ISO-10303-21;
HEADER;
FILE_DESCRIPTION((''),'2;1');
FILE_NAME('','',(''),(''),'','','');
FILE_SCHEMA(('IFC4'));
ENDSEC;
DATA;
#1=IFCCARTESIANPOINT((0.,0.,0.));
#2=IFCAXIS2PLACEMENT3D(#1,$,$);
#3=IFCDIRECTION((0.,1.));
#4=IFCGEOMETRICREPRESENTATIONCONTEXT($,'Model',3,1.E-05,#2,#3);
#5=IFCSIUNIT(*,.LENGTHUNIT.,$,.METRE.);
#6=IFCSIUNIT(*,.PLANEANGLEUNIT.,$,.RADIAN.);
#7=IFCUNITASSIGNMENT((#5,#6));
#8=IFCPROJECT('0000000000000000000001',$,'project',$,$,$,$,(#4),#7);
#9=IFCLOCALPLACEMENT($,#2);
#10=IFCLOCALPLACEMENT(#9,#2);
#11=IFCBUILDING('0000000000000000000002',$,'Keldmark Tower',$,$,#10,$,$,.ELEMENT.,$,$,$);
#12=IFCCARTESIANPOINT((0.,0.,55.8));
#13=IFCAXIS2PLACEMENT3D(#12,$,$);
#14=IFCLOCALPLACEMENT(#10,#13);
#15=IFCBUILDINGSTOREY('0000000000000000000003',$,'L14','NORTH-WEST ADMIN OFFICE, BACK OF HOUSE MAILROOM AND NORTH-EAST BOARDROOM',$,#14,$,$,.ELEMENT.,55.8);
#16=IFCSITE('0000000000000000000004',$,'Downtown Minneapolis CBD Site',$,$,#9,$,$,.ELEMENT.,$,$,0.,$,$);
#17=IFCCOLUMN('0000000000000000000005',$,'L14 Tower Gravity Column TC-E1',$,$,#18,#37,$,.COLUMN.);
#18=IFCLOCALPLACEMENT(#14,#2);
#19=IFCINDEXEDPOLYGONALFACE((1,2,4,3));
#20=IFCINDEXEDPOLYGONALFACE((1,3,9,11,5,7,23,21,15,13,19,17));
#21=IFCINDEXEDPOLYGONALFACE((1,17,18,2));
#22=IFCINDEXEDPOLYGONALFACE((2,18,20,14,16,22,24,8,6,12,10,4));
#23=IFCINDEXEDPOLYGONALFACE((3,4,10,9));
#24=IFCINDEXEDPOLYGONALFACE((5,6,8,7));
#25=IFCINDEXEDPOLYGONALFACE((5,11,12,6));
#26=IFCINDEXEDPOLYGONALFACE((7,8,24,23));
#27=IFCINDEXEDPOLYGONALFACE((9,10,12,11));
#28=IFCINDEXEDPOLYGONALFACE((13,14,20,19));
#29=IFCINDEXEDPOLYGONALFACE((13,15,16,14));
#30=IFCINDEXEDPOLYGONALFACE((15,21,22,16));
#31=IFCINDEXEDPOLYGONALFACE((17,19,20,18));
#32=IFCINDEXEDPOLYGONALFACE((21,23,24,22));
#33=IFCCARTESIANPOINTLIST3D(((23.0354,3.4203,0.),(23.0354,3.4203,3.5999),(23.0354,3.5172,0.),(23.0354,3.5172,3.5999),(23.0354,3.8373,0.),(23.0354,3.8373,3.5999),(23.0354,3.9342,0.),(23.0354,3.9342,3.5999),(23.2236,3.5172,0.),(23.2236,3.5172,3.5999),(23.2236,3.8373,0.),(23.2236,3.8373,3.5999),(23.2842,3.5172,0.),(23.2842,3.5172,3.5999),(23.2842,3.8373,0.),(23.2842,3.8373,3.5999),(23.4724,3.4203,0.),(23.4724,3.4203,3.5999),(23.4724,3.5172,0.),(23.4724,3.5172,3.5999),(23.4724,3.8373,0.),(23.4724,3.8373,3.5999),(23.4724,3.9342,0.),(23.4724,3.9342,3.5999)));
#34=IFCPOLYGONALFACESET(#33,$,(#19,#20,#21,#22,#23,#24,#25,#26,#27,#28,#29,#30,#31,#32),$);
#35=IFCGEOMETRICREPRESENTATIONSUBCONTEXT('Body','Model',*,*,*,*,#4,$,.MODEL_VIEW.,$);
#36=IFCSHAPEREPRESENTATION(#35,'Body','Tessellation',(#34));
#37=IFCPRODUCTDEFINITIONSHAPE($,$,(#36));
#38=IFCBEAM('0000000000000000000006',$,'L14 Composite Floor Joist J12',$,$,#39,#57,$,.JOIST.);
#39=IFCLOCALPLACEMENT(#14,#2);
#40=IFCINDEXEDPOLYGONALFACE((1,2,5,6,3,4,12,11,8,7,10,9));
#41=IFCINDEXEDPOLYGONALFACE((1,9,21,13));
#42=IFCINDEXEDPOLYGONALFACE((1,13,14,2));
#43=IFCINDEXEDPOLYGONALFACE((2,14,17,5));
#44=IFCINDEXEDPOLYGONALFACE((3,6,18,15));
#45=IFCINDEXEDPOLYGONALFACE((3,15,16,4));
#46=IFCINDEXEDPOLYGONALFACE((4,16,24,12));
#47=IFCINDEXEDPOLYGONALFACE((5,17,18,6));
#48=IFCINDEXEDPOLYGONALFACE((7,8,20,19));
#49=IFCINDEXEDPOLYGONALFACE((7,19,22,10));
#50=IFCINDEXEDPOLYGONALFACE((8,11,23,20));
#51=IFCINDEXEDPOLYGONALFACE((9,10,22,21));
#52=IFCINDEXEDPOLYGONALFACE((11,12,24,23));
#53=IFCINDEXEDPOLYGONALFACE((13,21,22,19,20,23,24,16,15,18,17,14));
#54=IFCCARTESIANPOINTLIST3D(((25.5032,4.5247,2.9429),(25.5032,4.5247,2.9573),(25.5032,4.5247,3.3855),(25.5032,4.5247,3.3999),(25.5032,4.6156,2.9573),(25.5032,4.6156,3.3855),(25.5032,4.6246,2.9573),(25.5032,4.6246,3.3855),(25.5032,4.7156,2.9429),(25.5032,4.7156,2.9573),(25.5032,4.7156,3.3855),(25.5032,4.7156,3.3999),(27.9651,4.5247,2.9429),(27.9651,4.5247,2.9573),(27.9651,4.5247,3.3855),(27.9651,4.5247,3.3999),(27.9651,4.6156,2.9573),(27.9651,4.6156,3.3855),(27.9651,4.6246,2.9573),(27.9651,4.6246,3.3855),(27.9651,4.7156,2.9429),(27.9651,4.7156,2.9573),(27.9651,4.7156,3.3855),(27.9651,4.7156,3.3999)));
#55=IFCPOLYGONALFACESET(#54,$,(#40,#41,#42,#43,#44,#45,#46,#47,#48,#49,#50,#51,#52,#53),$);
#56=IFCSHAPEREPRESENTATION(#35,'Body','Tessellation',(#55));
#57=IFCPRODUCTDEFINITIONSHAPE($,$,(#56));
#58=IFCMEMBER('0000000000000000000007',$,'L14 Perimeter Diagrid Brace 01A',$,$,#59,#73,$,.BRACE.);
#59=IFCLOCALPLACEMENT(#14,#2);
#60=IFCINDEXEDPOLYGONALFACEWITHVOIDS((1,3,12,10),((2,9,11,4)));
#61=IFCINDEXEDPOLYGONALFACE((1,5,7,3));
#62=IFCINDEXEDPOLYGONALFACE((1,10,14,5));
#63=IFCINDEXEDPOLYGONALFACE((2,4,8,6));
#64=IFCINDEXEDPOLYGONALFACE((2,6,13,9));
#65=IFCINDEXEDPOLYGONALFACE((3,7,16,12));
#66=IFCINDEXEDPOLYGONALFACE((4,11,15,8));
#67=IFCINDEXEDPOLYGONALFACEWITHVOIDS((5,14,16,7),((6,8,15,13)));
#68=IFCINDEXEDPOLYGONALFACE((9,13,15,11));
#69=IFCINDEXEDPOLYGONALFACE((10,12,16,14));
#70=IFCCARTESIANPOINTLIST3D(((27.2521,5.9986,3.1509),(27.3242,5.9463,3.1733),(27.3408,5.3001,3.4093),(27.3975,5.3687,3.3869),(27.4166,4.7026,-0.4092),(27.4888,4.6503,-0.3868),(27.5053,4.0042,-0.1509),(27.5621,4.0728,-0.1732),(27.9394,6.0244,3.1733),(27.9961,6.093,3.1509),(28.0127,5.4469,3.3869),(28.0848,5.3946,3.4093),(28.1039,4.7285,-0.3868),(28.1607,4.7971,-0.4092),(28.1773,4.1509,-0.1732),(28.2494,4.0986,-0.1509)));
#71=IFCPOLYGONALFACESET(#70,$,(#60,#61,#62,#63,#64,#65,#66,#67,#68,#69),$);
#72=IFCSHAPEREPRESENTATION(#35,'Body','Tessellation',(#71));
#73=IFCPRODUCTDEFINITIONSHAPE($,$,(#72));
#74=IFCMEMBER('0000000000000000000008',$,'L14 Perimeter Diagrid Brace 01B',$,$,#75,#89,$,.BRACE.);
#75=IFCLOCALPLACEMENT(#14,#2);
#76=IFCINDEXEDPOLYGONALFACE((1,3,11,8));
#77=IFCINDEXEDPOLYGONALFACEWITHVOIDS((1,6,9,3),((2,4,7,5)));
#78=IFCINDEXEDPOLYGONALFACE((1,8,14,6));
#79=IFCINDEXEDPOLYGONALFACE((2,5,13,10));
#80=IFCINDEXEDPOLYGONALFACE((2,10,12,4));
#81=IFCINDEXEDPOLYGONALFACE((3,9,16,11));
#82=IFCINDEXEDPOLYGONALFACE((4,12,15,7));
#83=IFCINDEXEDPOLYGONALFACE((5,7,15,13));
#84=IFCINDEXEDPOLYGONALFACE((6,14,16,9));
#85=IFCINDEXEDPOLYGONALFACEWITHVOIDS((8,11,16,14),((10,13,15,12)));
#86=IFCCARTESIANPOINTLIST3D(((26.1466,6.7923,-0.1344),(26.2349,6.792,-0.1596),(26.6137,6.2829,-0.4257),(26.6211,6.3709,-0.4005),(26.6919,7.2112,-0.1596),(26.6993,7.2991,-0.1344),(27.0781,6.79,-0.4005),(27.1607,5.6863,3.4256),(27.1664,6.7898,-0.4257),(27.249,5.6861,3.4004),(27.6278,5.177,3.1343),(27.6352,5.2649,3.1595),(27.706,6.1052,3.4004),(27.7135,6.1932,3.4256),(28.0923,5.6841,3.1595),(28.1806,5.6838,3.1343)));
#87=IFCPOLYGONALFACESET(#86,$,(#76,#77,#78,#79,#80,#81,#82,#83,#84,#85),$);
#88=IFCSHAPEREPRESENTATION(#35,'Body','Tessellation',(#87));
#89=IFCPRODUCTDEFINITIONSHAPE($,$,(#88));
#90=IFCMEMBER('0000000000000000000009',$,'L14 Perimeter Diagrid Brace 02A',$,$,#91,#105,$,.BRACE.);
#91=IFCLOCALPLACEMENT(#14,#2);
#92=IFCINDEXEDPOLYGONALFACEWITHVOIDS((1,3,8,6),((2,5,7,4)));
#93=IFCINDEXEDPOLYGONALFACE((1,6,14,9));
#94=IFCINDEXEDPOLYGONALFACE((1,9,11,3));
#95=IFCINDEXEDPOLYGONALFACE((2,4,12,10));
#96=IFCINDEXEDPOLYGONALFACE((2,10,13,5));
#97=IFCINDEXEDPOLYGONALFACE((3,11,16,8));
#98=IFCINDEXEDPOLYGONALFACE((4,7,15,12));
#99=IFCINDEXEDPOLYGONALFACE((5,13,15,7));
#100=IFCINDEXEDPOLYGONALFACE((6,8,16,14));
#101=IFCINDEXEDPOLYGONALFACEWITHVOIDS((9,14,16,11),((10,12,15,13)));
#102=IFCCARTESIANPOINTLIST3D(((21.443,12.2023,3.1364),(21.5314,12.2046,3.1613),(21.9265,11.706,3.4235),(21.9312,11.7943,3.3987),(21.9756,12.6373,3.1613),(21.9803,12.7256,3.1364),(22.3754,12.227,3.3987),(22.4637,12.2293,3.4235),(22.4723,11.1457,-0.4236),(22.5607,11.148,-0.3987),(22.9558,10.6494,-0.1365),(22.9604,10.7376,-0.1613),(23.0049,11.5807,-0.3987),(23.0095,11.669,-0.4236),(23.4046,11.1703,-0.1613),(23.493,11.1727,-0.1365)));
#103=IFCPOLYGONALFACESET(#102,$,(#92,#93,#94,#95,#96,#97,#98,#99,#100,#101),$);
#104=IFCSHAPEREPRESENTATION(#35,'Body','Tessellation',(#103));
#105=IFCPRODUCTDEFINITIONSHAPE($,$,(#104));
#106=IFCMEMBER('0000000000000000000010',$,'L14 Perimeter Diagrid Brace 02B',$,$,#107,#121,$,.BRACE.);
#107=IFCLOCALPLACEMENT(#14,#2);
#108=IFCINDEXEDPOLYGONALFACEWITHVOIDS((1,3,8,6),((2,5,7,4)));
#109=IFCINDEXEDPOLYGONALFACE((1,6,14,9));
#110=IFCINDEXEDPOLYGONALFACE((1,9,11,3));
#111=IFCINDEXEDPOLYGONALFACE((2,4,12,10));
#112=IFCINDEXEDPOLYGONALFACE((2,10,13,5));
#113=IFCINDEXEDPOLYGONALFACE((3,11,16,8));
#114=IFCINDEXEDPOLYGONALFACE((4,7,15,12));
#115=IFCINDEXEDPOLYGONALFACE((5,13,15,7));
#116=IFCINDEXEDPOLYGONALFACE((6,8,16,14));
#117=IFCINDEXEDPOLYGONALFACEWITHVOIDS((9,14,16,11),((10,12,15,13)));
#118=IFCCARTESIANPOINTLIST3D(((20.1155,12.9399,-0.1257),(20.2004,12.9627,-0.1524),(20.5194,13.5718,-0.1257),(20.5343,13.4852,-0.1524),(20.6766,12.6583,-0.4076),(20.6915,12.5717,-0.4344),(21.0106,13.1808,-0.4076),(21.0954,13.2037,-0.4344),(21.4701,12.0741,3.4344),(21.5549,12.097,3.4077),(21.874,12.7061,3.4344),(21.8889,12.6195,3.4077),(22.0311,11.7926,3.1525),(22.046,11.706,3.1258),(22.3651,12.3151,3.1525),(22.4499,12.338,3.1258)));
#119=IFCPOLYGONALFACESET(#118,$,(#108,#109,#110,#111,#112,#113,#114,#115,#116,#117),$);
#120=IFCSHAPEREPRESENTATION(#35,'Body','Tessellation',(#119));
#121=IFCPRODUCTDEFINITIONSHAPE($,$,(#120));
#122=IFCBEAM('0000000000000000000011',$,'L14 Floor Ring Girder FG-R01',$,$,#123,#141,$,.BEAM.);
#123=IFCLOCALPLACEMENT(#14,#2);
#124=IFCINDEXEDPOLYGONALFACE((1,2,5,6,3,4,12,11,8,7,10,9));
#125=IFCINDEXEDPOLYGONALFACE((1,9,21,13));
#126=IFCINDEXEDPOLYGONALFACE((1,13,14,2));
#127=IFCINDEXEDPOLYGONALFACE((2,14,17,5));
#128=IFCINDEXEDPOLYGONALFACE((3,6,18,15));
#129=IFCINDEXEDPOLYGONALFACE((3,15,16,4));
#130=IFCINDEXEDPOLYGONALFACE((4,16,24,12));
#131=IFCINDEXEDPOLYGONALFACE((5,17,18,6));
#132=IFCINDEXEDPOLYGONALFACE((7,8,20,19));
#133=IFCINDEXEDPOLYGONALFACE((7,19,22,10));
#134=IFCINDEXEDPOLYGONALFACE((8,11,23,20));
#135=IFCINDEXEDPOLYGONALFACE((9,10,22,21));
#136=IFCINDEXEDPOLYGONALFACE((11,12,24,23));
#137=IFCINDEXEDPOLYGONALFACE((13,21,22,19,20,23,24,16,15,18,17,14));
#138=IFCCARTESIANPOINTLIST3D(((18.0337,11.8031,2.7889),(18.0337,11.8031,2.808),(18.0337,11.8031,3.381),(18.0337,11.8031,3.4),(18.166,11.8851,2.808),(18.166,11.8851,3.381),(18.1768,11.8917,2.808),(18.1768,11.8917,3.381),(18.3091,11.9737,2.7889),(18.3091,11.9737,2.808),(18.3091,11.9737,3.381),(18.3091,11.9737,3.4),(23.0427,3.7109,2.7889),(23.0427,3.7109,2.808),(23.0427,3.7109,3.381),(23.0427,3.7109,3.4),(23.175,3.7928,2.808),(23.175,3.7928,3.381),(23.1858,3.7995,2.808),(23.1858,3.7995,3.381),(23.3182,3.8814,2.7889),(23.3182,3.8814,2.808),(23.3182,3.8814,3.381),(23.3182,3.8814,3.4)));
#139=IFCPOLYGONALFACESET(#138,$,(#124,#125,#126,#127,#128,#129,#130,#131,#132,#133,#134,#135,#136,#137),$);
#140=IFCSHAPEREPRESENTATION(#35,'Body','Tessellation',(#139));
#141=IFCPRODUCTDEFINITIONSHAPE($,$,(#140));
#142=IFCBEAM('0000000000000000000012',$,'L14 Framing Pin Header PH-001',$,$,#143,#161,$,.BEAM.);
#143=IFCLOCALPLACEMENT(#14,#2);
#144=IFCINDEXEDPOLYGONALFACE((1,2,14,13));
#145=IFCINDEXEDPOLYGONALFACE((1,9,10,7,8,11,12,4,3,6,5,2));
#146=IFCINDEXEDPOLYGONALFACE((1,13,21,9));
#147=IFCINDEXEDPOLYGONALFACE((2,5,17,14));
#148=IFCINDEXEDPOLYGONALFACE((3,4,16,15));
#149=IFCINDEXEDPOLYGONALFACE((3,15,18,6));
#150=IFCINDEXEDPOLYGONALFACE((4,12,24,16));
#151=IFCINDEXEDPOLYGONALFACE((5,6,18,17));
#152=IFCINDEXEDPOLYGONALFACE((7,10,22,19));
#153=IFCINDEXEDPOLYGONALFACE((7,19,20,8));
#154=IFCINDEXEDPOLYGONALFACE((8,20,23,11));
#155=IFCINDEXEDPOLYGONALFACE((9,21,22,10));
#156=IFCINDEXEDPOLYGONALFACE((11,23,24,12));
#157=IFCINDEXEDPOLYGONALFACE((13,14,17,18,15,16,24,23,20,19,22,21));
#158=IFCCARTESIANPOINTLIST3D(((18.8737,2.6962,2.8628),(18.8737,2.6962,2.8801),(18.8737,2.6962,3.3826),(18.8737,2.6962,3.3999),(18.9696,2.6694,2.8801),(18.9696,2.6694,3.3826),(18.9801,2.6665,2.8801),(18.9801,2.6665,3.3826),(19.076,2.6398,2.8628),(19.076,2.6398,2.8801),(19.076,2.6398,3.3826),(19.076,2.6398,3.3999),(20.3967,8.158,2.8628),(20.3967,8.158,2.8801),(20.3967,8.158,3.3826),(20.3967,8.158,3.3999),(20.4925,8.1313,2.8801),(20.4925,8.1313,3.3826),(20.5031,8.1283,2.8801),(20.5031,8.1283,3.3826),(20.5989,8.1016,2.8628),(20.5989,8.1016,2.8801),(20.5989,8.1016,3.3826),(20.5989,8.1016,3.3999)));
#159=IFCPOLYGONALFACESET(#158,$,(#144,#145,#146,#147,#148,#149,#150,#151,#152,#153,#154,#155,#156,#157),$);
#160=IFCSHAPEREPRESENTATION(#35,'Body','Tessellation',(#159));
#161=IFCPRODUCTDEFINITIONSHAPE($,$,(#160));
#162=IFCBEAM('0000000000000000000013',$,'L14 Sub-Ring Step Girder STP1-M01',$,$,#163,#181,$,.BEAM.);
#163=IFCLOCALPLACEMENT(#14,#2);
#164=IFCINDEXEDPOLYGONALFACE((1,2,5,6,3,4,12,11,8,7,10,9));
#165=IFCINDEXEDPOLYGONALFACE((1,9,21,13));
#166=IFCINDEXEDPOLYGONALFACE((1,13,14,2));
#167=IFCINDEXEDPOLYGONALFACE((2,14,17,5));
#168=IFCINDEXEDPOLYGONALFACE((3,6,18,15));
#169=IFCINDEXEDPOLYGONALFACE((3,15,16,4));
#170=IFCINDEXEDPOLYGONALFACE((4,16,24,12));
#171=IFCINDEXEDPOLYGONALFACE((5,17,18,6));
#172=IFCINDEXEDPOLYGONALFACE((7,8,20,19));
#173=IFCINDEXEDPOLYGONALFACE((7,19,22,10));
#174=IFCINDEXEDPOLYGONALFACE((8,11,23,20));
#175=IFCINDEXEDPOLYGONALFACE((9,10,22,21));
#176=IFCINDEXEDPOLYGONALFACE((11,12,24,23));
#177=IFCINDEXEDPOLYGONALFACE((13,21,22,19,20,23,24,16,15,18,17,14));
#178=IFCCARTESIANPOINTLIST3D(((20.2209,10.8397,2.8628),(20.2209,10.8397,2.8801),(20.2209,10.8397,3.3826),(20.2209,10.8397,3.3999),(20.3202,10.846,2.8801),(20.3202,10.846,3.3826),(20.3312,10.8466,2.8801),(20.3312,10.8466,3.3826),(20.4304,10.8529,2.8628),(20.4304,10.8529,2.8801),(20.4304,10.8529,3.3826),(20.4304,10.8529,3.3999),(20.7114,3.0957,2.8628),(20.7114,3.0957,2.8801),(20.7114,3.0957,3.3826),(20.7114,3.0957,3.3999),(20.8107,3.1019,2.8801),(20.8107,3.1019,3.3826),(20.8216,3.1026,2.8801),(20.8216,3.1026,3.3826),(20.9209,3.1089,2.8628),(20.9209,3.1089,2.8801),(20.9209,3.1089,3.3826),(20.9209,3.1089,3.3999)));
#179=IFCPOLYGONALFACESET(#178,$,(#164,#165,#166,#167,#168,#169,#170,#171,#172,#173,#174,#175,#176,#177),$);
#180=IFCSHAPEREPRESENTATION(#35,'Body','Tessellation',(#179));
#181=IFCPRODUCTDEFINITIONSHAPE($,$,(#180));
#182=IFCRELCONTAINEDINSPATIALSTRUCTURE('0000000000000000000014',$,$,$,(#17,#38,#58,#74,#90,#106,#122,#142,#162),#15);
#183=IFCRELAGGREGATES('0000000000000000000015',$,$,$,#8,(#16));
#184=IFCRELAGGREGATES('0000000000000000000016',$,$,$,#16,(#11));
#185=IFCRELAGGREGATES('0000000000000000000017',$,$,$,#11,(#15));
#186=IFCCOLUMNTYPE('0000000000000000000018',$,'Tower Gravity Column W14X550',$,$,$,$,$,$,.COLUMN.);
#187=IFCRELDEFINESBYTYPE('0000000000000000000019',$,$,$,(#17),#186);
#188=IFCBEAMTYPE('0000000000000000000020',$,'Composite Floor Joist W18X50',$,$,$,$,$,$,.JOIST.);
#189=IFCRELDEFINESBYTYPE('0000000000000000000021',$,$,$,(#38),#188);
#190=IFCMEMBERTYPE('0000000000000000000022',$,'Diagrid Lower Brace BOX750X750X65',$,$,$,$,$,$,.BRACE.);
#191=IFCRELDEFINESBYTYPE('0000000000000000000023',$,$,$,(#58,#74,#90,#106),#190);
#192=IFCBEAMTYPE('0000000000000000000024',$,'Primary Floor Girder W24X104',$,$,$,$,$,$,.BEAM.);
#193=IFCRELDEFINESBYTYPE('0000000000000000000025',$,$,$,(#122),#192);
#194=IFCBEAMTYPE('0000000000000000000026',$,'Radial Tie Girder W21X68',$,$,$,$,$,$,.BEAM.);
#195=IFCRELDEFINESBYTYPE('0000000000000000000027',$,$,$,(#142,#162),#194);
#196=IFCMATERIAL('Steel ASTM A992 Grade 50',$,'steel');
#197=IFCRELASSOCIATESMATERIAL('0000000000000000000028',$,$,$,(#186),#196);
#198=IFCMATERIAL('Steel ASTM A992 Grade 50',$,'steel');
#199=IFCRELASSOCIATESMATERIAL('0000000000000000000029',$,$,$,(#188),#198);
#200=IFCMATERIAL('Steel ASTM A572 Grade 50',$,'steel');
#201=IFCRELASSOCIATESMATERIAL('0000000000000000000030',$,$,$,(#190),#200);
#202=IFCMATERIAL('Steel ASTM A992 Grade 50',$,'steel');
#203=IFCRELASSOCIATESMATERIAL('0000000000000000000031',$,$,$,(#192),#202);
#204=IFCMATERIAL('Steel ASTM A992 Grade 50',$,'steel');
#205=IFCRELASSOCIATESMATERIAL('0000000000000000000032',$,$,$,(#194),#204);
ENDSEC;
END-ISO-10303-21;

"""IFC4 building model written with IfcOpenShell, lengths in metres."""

from ifc_helpers import new_model, si_unit, direction, frame, origin, origin_2d, place, context, subcontext, project, spatial, hollow_rectangle, i_section, extrude, material, material_profile, profile_set, type_object, element, save


model = new_model("IFC4")

# Units and contexts
model_context = context("Model", 3, precision=1e-05, world=origin(), true_north=direction((0.0, 1.0)))
body_context = subcontext(model_context, "Body", "Model", "MODEL_VIEW")
ifc_project = project(units=[si_unit("LENGTHUNIT", "METRE"), si_unit("PLANEANGLEUNIT", "RADIAN")], contexts=[model_context])

# Site, building, storey
site_placement = place(None, origin())
site = spatial("IfcSite", under=ifc_project, at=site_placement, Name="Downtown Minneapolis CBD Site", CompositionType="ELEMENT", RefElevation=0.0)
building_placement = place(site_placement, origin())
building = spatial("IfcBuilding", under=site, at=building_placement, Name="Keldmark Tower", CompositionType="ELEMENT")
storey_placement = place(building_placement, frame((0.0, 0.0, 55.8)))
storey = spatial("IfcBuildingStorey", under=building, at=storey_placement, Name="L14", Description="NORTH-WEST ADMIN OFFICE, BACK OF HOUSE MAILROOM AND NORTH-EAST BOARDROOM", CompositionType="ELEMENT", Elevation=55.8)

# Column
ifc_material_1 = material(Name="Steel ASTM A992 Grade 50", Category="steel")
ifc_material_profile_1 = material_profile(ifc_material_1, i_section(OverallWidth=0.437, OverallDepth=0.5139, WebThickness=0.0605, FlangeThickness=0.0969, at=origin_2d()), Name="W14X550")
ifc_profile_set_1 = profile_set([ifc_material_profile_1], Name="Steel ASTM A992 Grade 50")
column_type = type_object("IfcColumnType", Name="Tower Gravity Column W14X550", PredefinedType="COLUMN", material=ifc_profile_set_1)
column_placement = place(storey_placement, frame((23.2539, 3.6772, 0.0), z_axis=(0.0, 0.0, 1.0), x_axis=(1.0, 0.0, 0.0)))
element("IfcColumn", 1, at=column_placement, inside=storey, type_object=column_type, Name="L14 Tower Gravity Column TC-E1", PredefinedType="COLUMN", context=body_context, shape_type="SweptSolid", body=[
    extrude(i_section(OverallWidth=0.437, OverallDepth=0.5139, WebThickness=0.0605, FlangeThickness=0.0969, at=origin_2d()), origin(), (0.0, 0.0, 1.0), 3.5999),
])

# Beam
ifc_material_2 = material(Name="Steel ASTM A992 Grade 50", Category="steel")
ifc_material_profile_2 = material_profile(ifc_material_2, i_section(OverallWidth=0.1909, OverallDepth=0.457, WebThickness=0.009, FlangeThickness=0.0144, at=origin_2d()), Name="W18X50")
ifc_profile_set_2 = profile_set([ifc_material_profile_2], Name="Steel ASTM A992 Grade 50")
beam_type_1 = type_object("IfcBeamType", Name="Composite Floor Joist W18X50", PredefinedType="JOIST", material=ifc_profile_set_2)
beam_1_placement = place(storey_placement, frame((25.5032, 4.6201, 3.1714), z_axis=(1.0, 0.0, 0.0), x_axis=(0.0, 1.0, 0.0)))
element("IfcBeam", 2, at=beam_1_placement, inside=storey, type_object=beam_type_1, Name="L14 Composite Floor Joist J12", PredefinedType="JOIST", context=body_context, shape_type="SweptSolid", body=[
    extrude(i_section(OverallWidth=0.1909, OverallDepth=0.457, WebThickness=0.009, FlangeThickness=0.0144, at=origin_2d()), origin(), (0.0, 0.0, 1.0), 2.4619),
])

# Members
ifc_material_3 = material(Name="Steel ASTM A572 Grade 50", Category="steel")
ifc_material_profile_3 = material_profile(ifc_material_3, hollow_rectangle(XDim=0.75, YDim=0.75, WallThickness=0.0649, at=origin_2d()), Name="BOX750X750X65")
ifc_profile_set_3 = profile_set([ifc_material_profile_3], Name="Steel ASTM A572 Grade 50")
member_type = type_object("IfcMemberType", Name="Diagrid Lower Brace BOX750X750X65", PredefinedType="BRACE", material=ifc_profile_set_3)
member_1_placement = place(storey_placement, frame((27.833, 4.4006, -0.28), z_axis=(-0.043392, 0.341731, 0.938795), x_axis=(-0.992034, -0.125967, 0.0)))
element("IfcMember", 3, at=member_1_placement, inside=storey, type_object=member_type, Name="L14 Perimeter Diagrid Brace 01A", PredefinedType="BRACE", context=body_context, shape_type="SweptSolid", body=[
    extrude(hollow_rectangle(XDim=0.75, YDim=0.75, WallThickness=0.0649, at=origin_2d()), origin(), (0.0, 0.0, 1.0), 3.7922),
])
member_2_placement = place(storey_placement, frame((26.6565, 6.791, -0.28), z_axis=(0.262506, -0.286267, 0.921489), x_axis=(0.737033, 0.675857, 0.0)))
element("IfcMember", 4, at=member_2_placement, inside=storey, type_object=member_type, Name="L14 Perimeter Diagrid Brace 01B", PredefinedType="BRACE", context=body_context, shape_type="SweptSolid", body=[
    extrude(hollow_rectangle(XDim=0.75, YDim=0.75, WallThickness=0.0649, at=origin_2d()), origin(), (0.0, 0.0, 1.0), 3.8633),
])
member_3_placement = place(storey_placement, frame((22.9827, 11.1592, -0.28), z_axis=(-0.267103, 0.274198, 0.923835), x_axis=(-0.716314, -0.697778, 0.0)))
element("IfcMember", 5, at=member_3_placement, inside=storey, type_object=member_type, Name="L14 Perimeter Diagrid Brace 02A", PredefinedType="BRACE", context=body_context, shape_type="SweptSolid", body=[
    extrude(hollow_rectangle(XDim=0.75, YDim=0.75, WallThickness=0.0649, at=origin_2d()), origin(), (0.0, 0.0, 1.0), 3.8535),
])
member_4_placement = place(storey_placement, frame((20.6055, 13.0718, -0.28), z_axis=(0.346757, -0.22163, 0.911394), x_axis=(0.538545, 0.842597, 0.0)))
element("IfcMember", 6, at=member_4_placement, inside=storey, type_object=member_type, Name="L14 Perimeter Diagrid Brace 02B", PredefinedType="BRACE", context=body_context, shape_type="SweptSolid", body=[
    extrude(hollow_rectangle(XDim=0.75, YDim=0.75, WallThickness=0.0649, at=origin_2d()), origin(), (0.0, 0.0, 1.0), 3.9062),
])

# Beams
ifc_material_4 = material(Name="Steel ASTM A992 Grade 50", Category="steel")
ifc_material_profile_4 = material_profile(ifc_material_4, i_section(OverallWidth=0.324, OverallDepth=0.6111, WebThickness=0.0127, FlangeThickness=0.019, at=origin_2d()), Name="W24X104")
ifc_profile_set_4 = profile_set([ifc_material_profile_4], Name="Steel ASTM A992 Grade 50")
beam_type_2 = type_object("IfcBeamType", Name="Primary Floor Girder W24X104", PredefinedType="BEAM", material=ifc_profile_set_4)
beam_2_placement = place(storey_placement, frame((23.1804, 3.7961, 3.0945), z_axis=(-0.526318, 0.850288, 0.0), x_axis=(-0.850288, -0.526318, 0.0)))
element("IfcBeam", 7, at=beam_2_placement, inside=storey, type_object=beam_type_2, Name="L14 Floor Ring Girder FG-R01", PredefinedType="BEAM", context=body_context, shape_type="SweptSolid", body=[
    extrude(i_section(OverallWidth=0.324, OverallDepth=0.6111, WebThickness=0.0127, FlangeThickness=0.019, at=origin_2d()), origin(), (0.0, 0.0, 1.0), 9.5171),
])
ifc_material_5 = material(Name="Steel ASTM A992 Grade 50", Category="steel")
ifc_material_profile_5 = material_profile(ifc_material_5, i_section(OverallWidth=0.21, OverallDepth=0.5371, WebThickness=0.011, FlangeThickness=0.0173, at=origin_2d()), Name="W21X68")
ifc_profile_set_5 = profile_set([ifc_material_profile_5], Name="Steel ASTM A992 Grade 50")
beam_type_3 = type_object("IfcBeamType", Name="Radial Tie Girder W21X68", PredefinedType="BEAM", material=ifc_profile_set_5)
beam_3_placement = place(storey_placement, frame((18.9749, 2.668, 3.1313), z_axis=(0.268585, 0.963256, 0.0), x_axis=(-0.963256, 0.268585, 0.0)))
element("IfcBeam", 8, at=beam_3_placement, inside=storey, type_object=beam_type_3, Name="L14 Framing Pin Header PH-001", PredefinedType="BEAM", context=body_context, shape_type="SweptSolid", body=[
    extrude(i_section(OverallWidth=0.21, OverallDepth=0.5371, WebThickness=0.011, FlangeThickness=0.0173, at=origin_2d()), origin(), (0.0, 0.0, 1.0), 5.6702),
])
beam_4_placement = place(storey_placement, frame((20.8162, 3.1023, 3.1313), z_axis=(-0.063211, 0.998, 0.0), x_axis=(-0.998, -0.063211, 0.0)))
element("IfcBeam", 9, at=beam_4_placement, inside=storey, type_object=beam_type_3, Name="L14 Sub-Ring Step Girder STP1-M01", PredefinedType="BEAM", context=body_context, shape_type="SweptSolid", body=[
    extrude(i_section(OverallWidth=0.21, OverallDepth=0.5371, WebThickness=0.011, FlangeThickness=0.0173, at=origin_2d()), origin(), (0.0, 0.0, 1.0), 7.7595),
])

save(model, "model.ifc")
